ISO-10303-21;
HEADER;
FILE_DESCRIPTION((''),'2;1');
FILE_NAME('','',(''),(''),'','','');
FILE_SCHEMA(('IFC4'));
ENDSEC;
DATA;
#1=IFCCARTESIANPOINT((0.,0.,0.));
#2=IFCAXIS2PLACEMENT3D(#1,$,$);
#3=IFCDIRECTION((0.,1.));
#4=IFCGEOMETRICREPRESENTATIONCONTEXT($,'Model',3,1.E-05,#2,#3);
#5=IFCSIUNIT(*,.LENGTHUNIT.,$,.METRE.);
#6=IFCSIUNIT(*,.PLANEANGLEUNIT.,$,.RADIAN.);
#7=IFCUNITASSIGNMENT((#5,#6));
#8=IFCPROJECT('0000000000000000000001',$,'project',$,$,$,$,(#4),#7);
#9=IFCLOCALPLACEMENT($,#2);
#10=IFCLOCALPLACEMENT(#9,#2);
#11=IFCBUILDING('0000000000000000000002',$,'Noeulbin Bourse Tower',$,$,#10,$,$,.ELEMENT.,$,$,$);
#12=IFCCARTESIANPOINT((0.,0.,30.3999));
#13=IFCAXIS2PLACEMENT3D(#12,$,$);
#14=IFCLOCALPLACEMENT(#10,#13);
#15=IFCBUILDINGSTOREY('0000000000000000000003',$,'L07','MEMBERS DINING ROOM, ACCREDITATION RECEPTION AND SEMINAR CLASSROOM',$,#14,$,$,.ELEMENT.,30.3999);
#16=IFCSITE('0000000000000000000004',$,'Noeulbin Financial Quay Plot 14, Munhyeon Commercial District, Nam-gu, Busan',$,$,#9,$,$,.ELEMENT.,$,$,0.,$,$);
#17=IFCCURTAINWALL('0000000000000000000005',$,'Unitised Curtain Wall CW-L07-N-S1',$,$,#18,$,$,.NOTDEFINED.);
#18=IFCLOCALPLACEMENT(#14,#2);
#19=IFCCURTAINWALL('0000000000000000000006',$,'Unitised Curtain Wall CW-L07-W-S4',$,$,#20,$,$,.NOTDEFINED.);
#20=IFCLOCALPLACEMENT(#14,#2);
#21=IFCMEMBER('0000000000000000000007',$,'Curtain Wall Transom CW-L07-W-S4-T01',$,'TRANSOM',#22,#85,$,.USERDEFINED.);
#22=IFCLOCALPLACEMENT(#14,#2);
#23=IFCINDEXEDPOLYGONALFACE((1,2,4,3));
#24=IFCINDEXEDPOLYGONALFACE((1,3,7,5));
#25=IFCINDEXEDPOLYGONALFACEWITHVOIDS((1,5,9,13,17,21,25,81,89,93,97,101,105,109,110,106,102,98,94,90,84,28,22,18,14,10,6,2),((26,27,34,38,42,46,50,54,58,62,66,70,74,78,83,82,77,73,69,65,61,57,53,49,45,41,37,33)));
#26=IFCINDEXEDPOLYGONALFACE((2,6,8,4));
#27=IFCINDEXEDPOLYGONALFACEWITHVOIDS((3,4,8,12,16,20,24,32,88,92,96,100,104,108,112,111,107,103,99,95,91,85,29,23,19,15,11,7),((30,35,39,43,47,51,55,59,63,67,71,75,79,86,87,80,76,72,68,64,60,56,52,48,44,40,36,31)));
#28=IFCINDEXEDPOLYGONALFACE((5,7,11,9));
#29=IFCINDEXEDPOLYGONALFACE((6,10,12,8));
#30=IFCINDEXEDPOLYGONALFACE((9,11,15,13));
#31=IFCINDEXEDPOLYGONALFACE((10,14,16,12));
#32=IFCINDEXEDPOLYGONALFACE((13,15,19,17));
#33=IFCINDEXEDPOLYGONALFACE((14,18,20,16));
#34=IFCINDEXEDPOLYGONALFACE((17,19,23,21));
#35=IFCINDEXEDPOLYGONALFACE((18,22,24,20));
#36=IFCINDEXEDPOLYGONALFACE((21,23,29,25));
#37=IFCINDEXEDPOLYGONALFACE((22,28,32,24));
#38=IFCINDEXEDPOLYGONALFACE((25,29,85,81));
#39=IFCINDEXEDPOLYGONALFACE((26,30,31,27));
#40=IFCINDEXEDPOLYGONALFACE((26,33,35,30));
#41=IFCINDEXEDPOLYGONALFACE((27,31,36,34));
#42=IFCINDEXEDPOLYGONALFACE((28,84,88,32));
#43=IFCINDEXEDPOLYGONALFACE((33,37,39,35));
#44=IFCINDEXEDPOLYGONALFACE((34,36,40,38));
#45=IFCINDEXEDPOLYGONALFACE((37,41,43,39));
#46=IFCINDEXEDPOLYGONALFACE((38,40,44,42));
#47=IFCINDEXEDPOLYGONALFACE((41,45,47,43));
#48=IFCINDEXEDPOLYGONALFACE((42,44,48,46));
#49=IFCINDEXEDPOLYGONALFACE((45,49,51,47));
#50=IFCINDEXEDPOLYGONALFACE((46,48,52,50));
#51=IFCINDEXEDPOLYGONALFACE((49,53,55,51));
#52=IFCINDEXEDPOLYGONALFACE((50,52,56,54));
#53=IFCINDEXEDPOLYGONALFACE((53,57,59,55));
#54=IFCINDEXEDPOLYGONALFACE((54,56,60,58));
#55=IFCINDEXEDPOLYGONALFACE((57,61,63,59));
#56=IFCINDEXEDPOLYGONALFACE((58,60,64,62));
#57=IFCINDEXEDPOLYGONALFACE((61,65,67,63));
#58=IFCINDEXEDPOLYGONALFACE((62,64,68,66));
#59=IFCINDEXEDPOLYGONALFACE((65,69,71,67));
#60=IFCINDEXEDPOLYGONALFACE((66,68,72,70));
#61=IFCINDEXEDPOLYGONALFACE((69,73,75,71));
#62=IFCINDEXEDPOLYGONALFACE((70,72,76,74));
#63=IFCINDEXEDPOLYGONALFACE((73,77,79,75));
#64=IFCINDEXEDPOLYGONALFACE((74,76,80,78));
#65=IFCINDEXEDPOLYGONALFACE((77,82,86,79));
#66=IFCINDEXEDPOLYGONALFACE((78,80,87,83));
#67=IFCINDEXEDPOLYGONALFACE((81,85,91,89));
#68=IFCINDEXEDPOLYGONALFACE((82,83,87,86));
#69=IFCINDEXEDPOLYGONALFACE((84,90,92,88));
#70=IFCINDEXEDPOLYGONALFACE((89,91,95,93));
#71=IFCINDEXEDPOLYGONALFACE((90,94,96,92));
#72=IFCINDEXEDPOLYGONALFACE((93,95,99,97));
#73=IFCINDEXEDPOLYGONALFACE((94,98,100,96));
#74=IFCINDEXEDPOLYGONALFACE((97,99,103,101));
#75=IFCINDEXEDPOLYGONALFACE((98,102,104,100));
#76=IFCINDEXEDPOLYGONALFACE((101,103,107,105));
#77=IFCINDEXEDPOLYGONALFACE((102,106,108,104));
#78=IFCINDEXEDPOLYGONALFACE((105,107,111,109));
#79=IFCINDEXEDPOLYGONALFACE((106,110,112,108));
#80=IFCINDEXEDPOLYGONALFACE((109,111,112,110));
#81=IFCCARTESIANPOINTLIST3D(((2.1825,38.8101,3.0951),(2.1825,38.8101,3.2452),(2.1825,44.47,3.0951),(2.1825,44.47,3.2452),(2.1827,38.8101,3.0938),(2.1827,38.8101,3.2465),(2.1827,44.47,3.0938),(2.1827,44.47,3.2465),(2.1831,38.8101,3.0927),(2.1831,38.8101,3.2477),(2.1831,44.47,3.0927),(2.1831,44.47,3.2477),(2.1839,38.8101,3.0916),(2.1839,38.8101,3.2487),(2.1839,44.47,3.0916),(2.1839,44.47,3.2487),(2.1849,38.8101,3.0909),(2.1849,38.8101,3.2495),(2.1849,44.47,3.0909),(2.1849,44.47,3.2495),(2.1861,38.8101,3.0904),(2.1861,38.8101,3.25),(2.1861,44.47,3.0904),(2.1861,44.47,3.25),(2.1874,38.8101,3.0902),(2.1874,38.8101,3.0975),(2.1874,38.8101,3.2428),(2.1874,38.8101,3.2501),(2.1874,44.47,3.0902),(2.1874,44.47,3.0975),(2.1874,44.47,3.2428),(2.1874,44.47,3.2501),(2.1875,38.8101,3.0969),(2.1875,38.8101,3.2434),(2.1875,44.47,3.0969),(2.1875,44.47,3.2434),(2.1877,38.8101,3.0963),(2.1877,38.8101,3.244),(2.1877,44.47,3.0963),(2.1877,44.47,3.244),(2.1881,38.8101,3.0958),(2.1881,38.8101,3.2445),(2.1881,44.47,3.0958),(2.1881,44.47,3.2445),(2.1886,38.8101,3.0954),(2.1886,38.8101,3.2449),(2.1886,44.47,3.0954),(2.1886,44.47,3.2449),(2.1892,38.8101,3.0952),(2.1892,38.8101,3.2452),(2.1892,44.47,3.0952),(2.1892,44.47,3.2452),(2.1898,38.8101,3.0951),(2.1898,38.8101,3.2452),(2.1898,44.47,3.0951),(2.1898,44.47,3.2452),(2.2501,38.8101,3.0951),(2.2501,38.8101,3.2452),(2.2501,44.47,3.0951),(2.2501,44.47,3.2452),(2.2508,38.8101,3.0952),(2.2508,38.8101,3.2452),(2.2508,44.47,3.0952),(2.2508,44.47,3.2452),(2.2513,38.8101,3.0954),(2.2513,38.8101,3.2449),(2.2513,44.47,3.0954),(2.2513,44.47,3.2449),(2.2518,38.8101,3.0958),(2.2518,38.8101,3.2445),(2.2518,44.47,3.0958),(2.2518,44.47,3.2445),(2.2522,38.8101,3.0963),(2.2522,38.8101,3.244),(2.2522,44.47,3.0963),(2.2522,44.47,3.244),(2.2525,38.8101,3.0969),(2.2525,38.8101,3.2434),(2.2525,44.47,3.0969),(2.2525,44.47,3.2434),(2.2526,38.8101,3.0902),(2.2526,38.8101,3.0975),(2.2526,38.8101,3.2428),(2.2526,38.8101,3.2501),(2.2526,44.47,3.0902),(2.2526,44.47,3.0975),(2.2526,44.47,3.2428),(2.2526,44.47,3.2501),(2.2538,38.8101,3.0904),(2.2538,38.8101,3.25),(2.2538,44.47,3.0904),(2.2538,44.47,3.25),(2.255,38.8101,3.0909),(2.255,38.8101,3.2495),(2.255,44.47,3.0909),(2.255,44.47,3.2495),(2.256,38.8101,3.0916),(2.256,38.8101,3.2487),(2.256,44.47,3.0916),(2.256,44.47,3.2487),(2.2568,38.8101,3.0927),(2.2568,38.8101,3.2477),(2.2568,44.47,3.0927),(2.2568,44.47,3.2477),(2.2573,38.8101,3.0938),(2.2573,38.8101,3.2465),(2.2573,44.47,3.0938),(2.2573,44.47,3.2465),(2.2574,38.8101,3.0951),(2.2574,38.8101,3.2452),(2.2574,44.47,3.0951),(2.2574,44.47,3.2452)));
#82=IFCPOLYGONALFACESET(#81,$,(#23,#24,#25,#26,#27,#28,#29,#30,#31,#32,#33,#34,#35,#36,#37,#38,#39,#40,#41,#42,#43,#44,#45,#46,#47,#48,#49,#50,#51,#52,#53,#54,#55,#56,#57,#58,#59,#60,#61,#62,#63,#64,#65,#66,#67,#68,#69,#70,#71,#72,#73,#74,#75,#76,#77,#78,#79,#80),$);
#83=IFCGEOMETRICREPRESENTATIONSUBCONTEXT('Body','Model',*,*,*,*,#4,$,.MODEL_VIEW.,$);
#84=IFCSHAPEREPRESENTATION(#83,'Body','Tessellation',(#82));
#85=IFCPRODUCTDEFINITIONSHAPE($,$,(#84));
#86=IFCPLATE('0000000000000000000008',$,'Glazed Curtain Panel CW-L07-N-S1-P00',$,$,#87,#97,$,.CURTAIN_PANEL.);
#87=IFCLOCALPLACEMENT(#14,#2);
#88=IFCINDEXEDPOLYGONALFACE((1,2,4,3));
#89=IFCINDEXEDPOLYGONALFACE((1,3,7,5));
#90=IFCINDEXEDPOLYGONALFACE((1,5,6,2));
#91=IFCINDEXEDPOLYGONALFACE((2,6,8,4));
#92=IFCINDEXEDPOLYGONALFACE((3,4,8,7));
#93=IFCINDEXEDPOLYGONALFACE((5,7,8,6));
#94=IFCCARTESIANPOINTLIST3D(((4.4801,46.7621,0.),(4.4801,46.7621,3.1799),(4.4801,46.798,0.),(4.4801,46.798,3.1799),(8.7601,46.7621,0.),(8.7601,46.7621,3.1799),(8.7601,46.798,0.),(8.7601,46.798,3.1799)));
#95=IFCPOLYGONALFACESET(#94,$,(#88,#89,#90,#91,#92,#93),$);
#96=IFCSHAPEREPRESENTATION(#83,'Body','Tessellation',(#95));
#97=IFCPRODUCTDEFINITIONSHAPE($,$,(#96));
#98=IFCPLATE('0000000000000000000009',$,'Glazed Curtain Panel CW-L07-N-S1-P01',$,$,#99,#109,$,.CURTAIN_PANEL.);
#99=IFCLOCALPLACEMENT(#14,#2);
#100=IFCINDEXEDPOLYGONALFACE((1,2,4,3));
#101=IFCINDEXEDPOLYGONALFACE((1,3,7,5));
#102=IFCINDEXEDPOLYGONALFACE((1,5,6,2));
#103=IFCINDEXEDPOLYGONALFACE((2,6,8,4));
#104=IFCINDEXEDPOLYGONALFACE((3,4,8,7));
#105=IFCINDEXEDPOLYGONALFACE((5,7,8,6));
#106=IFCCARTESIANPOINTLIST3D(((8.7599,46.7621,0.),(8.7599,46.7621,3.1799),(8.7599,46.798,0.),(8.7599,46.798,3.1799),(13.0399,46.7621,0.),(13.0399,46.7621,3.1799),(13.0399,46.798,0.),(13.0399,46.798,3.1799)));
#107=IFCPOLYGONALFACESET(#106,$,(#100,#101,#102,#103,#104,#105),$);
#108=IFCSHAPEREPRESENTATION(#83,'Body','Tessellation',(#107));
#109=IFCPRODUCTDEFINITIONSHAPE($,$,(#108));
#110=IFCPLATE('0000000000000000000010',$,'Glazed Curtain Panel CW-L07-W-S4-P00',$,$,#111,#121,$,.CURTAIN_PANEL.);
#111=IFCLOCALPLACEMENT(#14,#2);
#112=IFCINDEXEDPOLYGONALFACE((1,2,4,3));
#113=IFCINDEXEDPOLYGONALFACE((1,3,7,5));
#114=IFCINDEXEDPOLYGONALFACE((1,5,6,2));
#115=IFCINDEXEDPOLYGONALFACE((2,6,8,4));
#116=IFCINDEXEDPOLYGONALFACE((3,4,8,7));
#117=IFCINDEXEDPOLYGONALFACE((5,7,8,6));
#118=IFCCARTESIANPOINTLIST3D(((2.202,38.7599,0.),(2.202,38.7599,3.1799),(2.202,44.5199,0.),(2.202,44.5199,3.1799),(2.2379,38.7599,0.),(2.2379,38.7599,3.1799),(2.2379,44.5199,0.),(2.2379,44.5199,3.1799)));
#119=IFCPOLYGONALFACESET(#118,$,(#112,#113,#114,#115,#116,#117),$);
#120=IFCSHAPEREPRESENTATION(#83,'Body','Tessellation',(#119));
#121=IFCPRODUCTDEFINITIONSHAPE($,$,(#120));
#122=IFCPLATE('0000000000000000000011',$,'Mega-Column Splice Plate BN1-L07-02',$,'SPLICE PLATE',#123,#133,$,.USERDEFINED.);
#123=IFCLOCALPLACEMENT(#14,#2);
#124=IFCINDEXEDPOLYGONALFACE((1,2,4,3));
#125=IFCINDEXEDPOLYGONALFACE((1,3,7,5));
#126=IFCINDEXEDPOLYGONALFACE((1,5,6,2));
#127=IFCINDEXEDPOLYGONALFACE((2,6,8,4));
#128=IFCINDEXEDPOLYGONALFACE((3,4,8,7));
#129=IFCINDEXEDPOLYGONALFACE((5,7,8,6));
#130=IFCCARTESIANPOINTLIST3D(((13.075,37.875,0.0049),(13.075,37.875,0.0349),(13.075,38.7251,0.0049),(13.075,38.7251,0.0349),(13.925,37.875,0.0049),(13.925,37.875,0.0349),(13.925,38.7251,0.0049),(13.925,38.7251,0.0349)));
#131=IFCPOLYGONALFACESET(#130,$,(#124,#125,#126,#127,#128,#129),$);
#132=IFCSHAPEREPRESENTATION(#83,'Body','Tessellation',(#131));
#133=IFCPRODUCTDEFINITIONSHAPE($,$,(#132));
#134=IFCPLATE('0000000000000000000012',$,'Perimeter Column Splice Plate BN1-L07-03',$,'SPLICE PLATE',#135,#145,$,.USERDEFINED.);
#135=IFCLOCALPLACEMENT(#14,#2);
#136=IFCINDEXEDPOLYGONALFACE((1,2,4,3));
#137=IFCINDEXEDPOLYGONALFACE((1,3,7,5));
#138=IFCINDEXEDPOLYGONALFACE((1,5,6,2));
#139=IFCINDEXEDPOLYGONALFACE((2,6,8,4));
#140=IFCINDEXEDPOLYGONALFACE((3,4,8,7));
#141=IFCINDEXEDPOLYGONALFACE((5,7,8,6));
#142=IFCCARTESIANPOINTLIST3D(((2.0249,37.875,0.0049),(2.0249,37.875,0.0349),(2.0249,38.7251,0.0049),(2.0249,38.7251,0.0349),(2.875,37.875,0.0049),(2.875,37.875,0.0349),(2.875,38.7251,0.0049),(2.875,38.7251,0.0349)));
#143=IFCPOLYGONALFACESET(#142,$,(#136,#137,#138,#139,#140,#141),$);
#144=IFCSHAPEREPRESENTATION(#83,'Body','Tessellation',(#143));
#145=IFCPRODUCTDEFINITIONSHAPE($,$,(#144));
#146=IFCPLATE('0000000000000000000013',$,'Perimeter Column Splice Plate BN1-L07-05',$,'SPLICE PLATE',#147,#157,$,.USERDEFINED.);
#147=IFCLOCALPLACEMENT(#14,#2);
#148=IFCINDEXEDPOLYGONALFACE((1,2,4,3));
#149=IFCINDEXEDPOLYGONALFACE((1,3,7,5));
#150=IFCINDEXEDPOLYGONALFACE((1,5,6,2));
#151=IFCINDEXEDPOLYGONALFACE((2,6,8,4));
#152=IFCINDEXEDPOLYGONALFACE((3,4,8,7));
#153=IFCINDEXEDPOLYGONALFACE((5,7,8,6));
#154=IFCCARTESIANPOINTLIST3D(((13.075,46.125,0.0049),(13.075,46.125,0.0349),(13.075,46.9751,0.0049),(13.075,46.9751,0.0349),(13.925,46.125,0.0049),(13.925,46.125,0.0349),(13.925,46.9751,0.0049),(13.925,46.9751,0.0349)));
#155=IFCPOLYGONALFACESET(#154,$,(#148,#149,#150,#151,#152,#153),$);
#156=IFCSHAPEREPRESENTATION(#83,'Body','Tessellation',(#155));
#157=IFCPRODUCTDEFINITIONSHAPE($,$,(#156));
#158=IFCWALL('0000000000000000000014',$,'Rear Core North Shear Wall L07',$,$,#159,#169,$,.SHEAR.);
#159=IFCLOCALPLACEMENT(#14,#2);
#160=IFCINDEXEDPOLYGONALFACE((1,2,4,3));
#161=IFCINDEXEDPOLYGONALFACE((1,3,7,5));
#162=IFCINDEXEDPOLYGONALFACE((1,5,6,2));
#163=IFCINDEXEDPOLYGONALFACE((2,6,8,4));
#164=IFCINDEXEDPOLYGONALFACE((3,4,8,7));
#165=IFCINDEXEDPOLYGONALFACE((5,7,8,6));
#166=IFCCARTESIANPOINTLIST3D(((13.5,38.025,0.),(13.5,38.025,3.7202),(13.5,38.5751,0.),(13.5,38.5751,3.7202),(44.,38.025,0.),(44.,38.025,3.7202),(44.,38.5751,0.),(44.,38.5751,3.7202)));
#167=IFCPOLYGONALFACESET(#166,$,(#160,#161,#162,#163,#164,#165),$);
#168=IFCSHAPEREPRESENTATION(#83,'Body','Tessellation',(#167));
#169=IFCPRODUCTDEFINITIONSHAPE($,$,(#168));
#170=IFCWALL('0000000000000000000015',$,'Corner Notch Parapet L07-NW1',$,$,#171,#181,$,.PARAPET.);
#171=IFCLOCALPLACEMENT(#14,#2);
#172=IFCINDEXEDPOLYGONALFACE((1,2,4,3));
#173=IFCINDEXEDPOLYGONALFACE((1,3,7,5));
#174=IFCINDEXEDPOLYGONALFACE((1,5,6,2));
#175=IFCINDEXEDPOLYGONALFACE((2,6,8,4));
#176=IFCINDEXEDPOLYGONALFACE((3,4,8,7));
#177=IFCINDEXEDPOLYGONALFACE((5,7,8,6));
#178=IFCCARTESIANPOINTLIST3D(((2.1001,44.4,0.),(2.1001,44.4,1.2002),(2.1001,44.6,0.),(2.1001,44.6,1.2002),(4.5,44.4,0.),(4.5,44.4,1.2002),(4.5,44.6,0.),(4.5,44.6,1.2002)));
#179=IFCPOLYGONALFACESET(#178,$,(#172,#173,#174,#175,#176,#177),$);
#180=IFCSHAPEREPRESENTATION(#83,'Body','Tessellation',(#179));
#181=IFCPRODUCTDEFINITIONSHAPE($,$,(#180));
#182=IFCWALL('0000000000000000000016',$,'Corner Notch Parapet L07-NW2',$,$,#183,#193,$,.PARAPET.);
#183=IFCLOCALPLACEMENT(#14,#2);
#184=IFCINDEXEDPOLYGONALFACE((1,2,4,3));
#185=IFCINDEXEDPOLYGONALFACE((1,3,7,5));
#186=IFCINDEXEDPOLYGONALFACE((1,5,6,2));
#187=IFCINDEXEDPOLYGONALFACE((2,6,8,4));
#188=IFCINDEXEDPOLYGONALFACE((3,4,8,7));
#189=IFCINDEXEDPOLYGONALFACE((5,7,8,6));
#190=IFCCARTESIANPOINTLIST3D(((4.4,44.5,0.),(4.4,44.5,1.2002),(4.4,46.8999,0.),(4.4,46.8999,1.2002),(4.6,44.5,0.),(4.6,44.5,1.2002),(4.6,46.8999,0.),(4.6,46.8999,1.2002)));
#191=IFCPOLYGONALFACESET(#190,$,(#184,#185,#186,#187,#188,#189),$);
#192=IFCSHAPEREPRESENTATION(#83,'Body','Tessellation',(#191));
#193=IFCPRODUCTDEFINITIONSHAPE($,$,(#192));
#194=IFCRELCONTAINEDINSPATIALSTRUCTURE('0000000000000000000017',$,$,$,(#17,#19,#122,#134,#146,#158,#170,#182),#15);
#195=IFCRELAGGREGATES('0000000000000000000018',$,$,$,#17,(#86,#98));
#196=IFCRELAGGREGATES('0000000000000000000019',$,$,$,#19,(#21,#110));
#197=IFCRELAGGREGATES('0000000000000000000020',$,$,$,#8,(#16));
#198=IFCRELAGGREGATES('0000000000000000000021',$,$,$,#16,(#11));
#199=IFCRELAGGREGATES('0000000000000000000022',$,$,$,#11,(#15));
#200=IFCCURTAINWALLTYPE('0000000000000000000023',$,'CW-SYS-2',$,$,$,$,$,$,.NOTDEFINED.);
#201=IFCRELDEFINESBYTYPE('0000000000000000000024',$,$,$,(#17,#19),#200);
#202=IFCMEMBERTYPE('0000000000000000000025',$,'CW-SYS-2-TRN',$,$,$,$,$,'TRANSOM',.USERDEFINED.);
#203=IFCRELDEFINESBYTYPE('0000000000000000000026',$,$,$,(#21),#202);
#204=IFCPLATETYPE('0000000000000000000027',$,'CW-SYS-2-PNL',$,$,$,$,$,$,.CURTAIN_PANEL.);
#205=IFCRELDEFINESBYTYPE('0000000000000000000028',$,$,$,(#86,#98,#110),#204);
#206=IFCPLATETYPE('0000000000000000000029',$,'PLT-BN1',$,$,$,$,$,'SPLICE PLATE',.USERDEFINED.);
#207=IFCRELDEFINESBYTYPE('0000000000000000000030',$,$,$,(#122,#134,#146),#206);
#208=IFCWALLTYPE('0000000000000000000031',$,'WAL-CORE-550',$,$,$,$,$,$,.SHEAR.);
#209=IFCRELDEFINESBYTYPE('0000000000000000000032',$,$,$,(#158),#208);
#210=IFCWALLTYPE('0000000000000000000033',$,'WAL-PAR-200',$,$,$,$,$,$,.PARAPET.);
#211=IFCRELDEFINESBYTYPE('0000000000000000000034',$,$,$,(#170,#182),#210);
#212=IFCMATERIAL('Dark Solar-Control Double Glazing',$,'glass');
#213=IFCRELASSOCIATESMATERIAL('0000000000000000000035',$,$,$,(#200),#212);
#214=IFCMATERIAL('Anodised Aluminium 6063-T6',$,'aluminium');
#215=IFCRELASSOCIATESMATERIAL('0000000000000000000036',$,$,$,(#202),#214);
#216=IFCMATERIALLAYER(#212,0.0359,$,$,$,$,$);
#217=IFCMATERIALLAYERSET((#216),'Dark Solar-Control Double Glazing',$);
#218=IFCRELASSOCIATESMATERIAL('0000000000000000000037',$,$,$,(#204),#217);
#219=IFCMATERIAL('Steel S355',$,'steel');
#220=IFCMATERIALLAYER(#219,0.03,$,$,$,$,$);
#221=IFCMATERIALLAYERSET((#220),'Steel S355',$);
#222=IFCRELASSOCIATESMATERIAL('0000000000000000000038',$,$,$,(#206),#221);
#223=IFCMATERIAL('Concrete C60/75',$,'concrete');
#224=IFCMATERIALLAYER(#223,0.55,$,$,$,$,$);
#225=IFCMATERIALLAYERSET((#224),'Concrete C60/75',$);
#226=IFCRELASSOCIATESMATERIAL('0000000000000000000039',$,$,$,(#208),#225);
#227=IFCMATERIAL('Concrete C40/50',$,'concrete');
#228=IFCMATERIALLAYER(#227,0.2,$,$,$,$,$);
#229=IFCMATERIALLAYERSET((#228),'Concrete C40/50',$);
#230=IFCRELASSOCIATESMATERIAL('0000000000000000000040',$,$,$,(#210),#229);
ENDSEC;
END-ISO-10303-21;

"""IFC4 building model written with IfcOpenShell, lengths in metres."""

from ifc_helpers import new_model, si_unit, direction, frame, frame_2d, origin, origin_2d, place, context, subcontext, project, spatial, rectangle, hollow_rectangle, extrude, material, layer, layer_set, material_profile, profile_set, type_object, element, aggregate, save


model = new_model("IFC4")

# Units and contexts
model_context = context("Model", 3, precision=1e-05, world=origin(), true_north=direction((0.0, 1.0)))
body_context = subcontext(model_context, "Body", "Model", "MODEL_VIEW")
ifc_project = project(units=[si_unit("LENGTHUNIT", "METRE"), si_unit("PLANEANGLEUNIT", "RADIAN")], contexts=[model_context])

# Site, building, storey
site_placement = place(None, origin())
site = spatial("IfcSite", under=ifc_project, at=site_placement, Name="Noeulbin Financial Quay Plot 14, Munhyeon Commercial District, Nam-gu, Busan", CompositionType="ELEMENT", RefElevation=0.0)
building_placement = place(site_placement, origin())
building = spatial("IfcBuilding", under=site, at=building_placement, Name="Noeulbin Bourse Tower", CompositionType="ELEMENT")
storey_placement = place(building_placement, frame((0.0, 0.0, 30.3999)))
storey = spatial("IfcBuildingStorey", under=building, at=storey_placement, Name="L07", Description="MEMBERS DINING ROOM, ACCREDITATION RECEPTION AND SEMINAR CLASSROOM", CompositionType="ELEMENT", Elevation=30.3999)

# Shared definitions
ifc_material_1 = material(Name="Steel S355", Category="steel")

# Curtain wall
ifc_material_2 = material(Name="Dark Solar-Control Double Glazing", Category="glass")
curtain_wall_type = type_object("IfcCurtainWallType", Name="CW-SYS-2", PredefinedType="NOTDEFINED", material=ifc_material_2)
curtain_wall_1_placement = place(storey_placement, origin())
curtain_wall_1 = element("IfcCurtainWall", 1, at=curtain_wall_1_placement, inside=storey, type_object=curtain_wall_type, Name="Unitised Curtain Wall CW-L07-N-S1", PredefinedType="NOTDEFINED")
ifc_material_3 = material(Name="Anodised Aluminium 6063-T6", Category="aluminium")

# Curtain wall
curtain_wall_2_placement = place(storey_placement, origin())
curtain_wall_2 = element("IfcCurtainWall", 2, at=curtain_wall_2_placement, inside=storey, type_object=curtain_wall_type, Name="Unitised Curtain Wall CW-L07-W-S4", PredefinedType="NOTDEFINED")

# Member
ifc_material_profile_1 = material_profile(ifc_material_3, hollow_rectangle(XDim=0.075, YDim=0.1599, WallThickness=0.0049, InnerFilletRadius=0.0024, OuterFilletRadius=0.0049, at=origin_2d()), Name="ALU-TRAN-75x160x5", Category="LoadBearing")
ifc_profile_set_1 = profile_set([ifc_material_profile_1], Name="Anodised Aluminium 6063-T6")
member_type_1 = type_object("IfcMemberType", Name="CW-SYS-2-TRN", ElementType="TRANSOM", PredefinedType="USERDEFINED", material=ifc_profile_set_1)
member_1_placement = place(storey_placement, frame((2.22, 38.8101, 3.1702), z_axis=(0.0, 1.0, 0.0), x_axis=(-1.0, 0.0, 0.0)))
member_1 = element("IfcMember", 3, at=member_1_placement, type_object=member_type_1, Name="Curtain Wall Transom CW-L07-W-S4-T01", ObjectType="TRANSOM", PredefinedType="USERDEFINED", context=body_context, shape_type="SweptSolid", body=[
    extrude(hollow_rectangle(XDim=0.075, YDim=0.1599, WallThickness=0.0049, InnerFilletRadius=0.0024, OuterFilletRadius=0.0049, at=origin_2d()), origin(), (0.0, 0.0, 1.0), 5.6599),
])

# Plates
ifc_layer_1 = layer(ifc_material_2, 0.0359)
ifc_layer_set_1 = layer_set([ifc_layer_1], Name="Dark Solar-Control Double Glazing")
plate_type_1 = type_object("IfcPlateType", Name="CW-SYS-2-PNL", PredefinedType="CURTAIN_PANEL", material=ifc_layer_set_1)
plate_1_placement = place(storey_placement, frame((6.6201, 46.78, 0.0), z_axis=(0.0, 0.0, 1.0), x_axis=(1.0, 0.0, 0.0)))
plate_1 = element("IfcPlate", 4, at=plate_1_placement, type_object=plate_type_1, Name="Glazed Curtain Panel CW-L07-N-S1-P00", PredefinedType="CURTAIN_PANEL", context=body_context, shape_type="SweptSolid", body=[
    extrude(rectangle(XDim=4.28, YDim=0.0359, at=origin_2d()), origin(), (0.0, 0.0, 1.0), 3.1799),
])
plate_2_placement = place(storey_placement, frame((10.8999, 46.78, 0.0), z_axis=(0.0, 0.0, 1.0), x_axis=(1.0, 0.0, 0.0)))
plate_2 = element("IfcPlate", 5, at=plate_2_placement, type_object=plate_type_1, Name="Glazed Curtain Panel CW-L07-N-S1-P01", PredefinedType="CURTAIN_PANEL", context=body_context, shape_type="SweptSolid", body=[
    extrude(rectangle(XDim=4.28, YDim=0.0359, at=origin_2d()), origin(), (0.0, 0.0, 1.0), 3.1799),
])
aggregate(curtain_wall_1, [plate_1, plate_2])
plate_3_placement = place(storey_placement, frame((2.22, 41.6399, 0.0), z_axis=(0.0, 0.0, 1.0), x_axis=(0.0, 1.0, 0.0)))
plate_3 = element("IfcPlate", 6, at=plate_3_placement, type_object=plate_type_1, Name="Glazed Curtain Panel CW-L07-W-S4-P00", PredefinedType="CURTAIN_PANEL", context=body_context, shape_type="SweptSolid", body=[
    extrude(rectangle(XDim=5.76, YDim=0.0359, at=origin_2d()), origin(), (0.0, 0.0, 1.0), 3.1799),
])
aggregate(curtain_wall_2, [member_1, plate_3])

# Plates
ifc_layer_2 = layer(ifc_material_1, 0.03)
ifc_layer_set_2 = layer_set([ifc_layer_2], Name="Steel S355")
plate_type_2 = type_object("IfcPlateType", Name="PLT-BN1", ElementType="SPLICE PLATE", PredefinedType="USERDEFINED", material=ifc_layer_set_2)
for number, where, z_axis, x_axis, name in (
    (7, (13.5, 38.3, 0.0049), (0.0, 0.0, 1.0), (1.0, 0.0, 0.0), "Mega-Column Splice Plate BN1-L07-02"),
    (8, (2.45, 38.3, 0.0049), (0.0, 0.0, 1.0), (1.0, 0.0, 0.0), "Perimeter Column Splice Plate BN1-L07-03"),
    (9, (13.5, 46.55, 0.0049), (0.0, 0.0, 1.0), (1.0, 0.0, 0.0), "Perimeter Column Splice Plate BN1-L07-05"),
):
    element("IfcPlate", number, at=place(storey_placement, frame(where, z_axis=z_axis, x_axis=x_axis)), inside=storey, type_object=plate_type_2, Name=name, ObjectType="SPLICE PLATE", PredefinedType="USERDEFINED", context=body_context, shape_type="SweptSolid", body=[
        extrude(rectangle(XDim=0.8501, YDim=0.8501, at=origin_2d()), origin(), (0.0, 0.0, 1.0), 0.03),
    ])

# Walls
ifc_material_4 = material(Name="Concrete C60/75", Category="concrete")
ifc_layer_3 = layer(ifc_material_4, 0.55)
ifc_layer_set_3 = layer_set([ifc_layer_3], Name="Concrete C60/75")
wall_type_1 = type_object("IfcWallType", Name="WAL-CORE-550", PredefinedType="SHEAR", material=ifc_layer_set_3)
wall_1_placement = place(storey_placement, frame((13.5, 38.3, 0.0), z_axis=(0.0, 0.0, 1.0), x_axis=(1.0, 0.0, 0.0)))
element("IfcWall", 10, at=wall_1_placement, inside=storey, type_object=wall_type_1, Name="Rear Core North Shear Wall L07", PredefinedType="SHEAR", context=body_context, shape_type="SweptSolid", body=[
    extrude(rectangle(XDim=30.5, YDim=0.55, at=frame_2d((15.25, 0.0))), origin(), (0.0, 0.0, 1.0), 3.7202),
])
ifc_material_5 = material(Name="Concrete C40/50", Category="concrete")
ifc_layer_4 = layer(ifc_material_5, 0.2)
ifc_layer_set_4 = layer_set([ifc_layer_4], Name="Concrete C40/50")
wall_type_2 = type_object("IfcWallType", Name="WAL-PAR-200", PredefinedType="PARAPET", material=ifc_layer_set_4)
for number, where, z_axis, x_axis, name in (
    (11, (2.1001, 44.5, 0.0), (0.0, 0.0, 1.0), (1.0, 0.0, 0.0), "Corner Notch Parapet L07-NW1"),
    (12, (4.5, 44.5, 0.0), (0.0, 0.0, 1.0), (0.0, 1.0, 0.0), "Corner Notch Parapet L07-NW2"),
):
    element("IfcWall", number, at=place(storey_placement, frame(where, z_axis=z_axis, x_axis=x_axis)), inside=storey, type_object=wall_type_2, Name=name, PredefinedType="PARAPET", context=body_context, shape_type="SweptSolid", body=[
        extrude(rectangle(XDim=2.3999, YDim=0.2, at=frame_2d((1.2, 0.0))), origin(), (0.0, 0.0, 1.0), 1.2002),
    ])

save(model, "model.ifc")
